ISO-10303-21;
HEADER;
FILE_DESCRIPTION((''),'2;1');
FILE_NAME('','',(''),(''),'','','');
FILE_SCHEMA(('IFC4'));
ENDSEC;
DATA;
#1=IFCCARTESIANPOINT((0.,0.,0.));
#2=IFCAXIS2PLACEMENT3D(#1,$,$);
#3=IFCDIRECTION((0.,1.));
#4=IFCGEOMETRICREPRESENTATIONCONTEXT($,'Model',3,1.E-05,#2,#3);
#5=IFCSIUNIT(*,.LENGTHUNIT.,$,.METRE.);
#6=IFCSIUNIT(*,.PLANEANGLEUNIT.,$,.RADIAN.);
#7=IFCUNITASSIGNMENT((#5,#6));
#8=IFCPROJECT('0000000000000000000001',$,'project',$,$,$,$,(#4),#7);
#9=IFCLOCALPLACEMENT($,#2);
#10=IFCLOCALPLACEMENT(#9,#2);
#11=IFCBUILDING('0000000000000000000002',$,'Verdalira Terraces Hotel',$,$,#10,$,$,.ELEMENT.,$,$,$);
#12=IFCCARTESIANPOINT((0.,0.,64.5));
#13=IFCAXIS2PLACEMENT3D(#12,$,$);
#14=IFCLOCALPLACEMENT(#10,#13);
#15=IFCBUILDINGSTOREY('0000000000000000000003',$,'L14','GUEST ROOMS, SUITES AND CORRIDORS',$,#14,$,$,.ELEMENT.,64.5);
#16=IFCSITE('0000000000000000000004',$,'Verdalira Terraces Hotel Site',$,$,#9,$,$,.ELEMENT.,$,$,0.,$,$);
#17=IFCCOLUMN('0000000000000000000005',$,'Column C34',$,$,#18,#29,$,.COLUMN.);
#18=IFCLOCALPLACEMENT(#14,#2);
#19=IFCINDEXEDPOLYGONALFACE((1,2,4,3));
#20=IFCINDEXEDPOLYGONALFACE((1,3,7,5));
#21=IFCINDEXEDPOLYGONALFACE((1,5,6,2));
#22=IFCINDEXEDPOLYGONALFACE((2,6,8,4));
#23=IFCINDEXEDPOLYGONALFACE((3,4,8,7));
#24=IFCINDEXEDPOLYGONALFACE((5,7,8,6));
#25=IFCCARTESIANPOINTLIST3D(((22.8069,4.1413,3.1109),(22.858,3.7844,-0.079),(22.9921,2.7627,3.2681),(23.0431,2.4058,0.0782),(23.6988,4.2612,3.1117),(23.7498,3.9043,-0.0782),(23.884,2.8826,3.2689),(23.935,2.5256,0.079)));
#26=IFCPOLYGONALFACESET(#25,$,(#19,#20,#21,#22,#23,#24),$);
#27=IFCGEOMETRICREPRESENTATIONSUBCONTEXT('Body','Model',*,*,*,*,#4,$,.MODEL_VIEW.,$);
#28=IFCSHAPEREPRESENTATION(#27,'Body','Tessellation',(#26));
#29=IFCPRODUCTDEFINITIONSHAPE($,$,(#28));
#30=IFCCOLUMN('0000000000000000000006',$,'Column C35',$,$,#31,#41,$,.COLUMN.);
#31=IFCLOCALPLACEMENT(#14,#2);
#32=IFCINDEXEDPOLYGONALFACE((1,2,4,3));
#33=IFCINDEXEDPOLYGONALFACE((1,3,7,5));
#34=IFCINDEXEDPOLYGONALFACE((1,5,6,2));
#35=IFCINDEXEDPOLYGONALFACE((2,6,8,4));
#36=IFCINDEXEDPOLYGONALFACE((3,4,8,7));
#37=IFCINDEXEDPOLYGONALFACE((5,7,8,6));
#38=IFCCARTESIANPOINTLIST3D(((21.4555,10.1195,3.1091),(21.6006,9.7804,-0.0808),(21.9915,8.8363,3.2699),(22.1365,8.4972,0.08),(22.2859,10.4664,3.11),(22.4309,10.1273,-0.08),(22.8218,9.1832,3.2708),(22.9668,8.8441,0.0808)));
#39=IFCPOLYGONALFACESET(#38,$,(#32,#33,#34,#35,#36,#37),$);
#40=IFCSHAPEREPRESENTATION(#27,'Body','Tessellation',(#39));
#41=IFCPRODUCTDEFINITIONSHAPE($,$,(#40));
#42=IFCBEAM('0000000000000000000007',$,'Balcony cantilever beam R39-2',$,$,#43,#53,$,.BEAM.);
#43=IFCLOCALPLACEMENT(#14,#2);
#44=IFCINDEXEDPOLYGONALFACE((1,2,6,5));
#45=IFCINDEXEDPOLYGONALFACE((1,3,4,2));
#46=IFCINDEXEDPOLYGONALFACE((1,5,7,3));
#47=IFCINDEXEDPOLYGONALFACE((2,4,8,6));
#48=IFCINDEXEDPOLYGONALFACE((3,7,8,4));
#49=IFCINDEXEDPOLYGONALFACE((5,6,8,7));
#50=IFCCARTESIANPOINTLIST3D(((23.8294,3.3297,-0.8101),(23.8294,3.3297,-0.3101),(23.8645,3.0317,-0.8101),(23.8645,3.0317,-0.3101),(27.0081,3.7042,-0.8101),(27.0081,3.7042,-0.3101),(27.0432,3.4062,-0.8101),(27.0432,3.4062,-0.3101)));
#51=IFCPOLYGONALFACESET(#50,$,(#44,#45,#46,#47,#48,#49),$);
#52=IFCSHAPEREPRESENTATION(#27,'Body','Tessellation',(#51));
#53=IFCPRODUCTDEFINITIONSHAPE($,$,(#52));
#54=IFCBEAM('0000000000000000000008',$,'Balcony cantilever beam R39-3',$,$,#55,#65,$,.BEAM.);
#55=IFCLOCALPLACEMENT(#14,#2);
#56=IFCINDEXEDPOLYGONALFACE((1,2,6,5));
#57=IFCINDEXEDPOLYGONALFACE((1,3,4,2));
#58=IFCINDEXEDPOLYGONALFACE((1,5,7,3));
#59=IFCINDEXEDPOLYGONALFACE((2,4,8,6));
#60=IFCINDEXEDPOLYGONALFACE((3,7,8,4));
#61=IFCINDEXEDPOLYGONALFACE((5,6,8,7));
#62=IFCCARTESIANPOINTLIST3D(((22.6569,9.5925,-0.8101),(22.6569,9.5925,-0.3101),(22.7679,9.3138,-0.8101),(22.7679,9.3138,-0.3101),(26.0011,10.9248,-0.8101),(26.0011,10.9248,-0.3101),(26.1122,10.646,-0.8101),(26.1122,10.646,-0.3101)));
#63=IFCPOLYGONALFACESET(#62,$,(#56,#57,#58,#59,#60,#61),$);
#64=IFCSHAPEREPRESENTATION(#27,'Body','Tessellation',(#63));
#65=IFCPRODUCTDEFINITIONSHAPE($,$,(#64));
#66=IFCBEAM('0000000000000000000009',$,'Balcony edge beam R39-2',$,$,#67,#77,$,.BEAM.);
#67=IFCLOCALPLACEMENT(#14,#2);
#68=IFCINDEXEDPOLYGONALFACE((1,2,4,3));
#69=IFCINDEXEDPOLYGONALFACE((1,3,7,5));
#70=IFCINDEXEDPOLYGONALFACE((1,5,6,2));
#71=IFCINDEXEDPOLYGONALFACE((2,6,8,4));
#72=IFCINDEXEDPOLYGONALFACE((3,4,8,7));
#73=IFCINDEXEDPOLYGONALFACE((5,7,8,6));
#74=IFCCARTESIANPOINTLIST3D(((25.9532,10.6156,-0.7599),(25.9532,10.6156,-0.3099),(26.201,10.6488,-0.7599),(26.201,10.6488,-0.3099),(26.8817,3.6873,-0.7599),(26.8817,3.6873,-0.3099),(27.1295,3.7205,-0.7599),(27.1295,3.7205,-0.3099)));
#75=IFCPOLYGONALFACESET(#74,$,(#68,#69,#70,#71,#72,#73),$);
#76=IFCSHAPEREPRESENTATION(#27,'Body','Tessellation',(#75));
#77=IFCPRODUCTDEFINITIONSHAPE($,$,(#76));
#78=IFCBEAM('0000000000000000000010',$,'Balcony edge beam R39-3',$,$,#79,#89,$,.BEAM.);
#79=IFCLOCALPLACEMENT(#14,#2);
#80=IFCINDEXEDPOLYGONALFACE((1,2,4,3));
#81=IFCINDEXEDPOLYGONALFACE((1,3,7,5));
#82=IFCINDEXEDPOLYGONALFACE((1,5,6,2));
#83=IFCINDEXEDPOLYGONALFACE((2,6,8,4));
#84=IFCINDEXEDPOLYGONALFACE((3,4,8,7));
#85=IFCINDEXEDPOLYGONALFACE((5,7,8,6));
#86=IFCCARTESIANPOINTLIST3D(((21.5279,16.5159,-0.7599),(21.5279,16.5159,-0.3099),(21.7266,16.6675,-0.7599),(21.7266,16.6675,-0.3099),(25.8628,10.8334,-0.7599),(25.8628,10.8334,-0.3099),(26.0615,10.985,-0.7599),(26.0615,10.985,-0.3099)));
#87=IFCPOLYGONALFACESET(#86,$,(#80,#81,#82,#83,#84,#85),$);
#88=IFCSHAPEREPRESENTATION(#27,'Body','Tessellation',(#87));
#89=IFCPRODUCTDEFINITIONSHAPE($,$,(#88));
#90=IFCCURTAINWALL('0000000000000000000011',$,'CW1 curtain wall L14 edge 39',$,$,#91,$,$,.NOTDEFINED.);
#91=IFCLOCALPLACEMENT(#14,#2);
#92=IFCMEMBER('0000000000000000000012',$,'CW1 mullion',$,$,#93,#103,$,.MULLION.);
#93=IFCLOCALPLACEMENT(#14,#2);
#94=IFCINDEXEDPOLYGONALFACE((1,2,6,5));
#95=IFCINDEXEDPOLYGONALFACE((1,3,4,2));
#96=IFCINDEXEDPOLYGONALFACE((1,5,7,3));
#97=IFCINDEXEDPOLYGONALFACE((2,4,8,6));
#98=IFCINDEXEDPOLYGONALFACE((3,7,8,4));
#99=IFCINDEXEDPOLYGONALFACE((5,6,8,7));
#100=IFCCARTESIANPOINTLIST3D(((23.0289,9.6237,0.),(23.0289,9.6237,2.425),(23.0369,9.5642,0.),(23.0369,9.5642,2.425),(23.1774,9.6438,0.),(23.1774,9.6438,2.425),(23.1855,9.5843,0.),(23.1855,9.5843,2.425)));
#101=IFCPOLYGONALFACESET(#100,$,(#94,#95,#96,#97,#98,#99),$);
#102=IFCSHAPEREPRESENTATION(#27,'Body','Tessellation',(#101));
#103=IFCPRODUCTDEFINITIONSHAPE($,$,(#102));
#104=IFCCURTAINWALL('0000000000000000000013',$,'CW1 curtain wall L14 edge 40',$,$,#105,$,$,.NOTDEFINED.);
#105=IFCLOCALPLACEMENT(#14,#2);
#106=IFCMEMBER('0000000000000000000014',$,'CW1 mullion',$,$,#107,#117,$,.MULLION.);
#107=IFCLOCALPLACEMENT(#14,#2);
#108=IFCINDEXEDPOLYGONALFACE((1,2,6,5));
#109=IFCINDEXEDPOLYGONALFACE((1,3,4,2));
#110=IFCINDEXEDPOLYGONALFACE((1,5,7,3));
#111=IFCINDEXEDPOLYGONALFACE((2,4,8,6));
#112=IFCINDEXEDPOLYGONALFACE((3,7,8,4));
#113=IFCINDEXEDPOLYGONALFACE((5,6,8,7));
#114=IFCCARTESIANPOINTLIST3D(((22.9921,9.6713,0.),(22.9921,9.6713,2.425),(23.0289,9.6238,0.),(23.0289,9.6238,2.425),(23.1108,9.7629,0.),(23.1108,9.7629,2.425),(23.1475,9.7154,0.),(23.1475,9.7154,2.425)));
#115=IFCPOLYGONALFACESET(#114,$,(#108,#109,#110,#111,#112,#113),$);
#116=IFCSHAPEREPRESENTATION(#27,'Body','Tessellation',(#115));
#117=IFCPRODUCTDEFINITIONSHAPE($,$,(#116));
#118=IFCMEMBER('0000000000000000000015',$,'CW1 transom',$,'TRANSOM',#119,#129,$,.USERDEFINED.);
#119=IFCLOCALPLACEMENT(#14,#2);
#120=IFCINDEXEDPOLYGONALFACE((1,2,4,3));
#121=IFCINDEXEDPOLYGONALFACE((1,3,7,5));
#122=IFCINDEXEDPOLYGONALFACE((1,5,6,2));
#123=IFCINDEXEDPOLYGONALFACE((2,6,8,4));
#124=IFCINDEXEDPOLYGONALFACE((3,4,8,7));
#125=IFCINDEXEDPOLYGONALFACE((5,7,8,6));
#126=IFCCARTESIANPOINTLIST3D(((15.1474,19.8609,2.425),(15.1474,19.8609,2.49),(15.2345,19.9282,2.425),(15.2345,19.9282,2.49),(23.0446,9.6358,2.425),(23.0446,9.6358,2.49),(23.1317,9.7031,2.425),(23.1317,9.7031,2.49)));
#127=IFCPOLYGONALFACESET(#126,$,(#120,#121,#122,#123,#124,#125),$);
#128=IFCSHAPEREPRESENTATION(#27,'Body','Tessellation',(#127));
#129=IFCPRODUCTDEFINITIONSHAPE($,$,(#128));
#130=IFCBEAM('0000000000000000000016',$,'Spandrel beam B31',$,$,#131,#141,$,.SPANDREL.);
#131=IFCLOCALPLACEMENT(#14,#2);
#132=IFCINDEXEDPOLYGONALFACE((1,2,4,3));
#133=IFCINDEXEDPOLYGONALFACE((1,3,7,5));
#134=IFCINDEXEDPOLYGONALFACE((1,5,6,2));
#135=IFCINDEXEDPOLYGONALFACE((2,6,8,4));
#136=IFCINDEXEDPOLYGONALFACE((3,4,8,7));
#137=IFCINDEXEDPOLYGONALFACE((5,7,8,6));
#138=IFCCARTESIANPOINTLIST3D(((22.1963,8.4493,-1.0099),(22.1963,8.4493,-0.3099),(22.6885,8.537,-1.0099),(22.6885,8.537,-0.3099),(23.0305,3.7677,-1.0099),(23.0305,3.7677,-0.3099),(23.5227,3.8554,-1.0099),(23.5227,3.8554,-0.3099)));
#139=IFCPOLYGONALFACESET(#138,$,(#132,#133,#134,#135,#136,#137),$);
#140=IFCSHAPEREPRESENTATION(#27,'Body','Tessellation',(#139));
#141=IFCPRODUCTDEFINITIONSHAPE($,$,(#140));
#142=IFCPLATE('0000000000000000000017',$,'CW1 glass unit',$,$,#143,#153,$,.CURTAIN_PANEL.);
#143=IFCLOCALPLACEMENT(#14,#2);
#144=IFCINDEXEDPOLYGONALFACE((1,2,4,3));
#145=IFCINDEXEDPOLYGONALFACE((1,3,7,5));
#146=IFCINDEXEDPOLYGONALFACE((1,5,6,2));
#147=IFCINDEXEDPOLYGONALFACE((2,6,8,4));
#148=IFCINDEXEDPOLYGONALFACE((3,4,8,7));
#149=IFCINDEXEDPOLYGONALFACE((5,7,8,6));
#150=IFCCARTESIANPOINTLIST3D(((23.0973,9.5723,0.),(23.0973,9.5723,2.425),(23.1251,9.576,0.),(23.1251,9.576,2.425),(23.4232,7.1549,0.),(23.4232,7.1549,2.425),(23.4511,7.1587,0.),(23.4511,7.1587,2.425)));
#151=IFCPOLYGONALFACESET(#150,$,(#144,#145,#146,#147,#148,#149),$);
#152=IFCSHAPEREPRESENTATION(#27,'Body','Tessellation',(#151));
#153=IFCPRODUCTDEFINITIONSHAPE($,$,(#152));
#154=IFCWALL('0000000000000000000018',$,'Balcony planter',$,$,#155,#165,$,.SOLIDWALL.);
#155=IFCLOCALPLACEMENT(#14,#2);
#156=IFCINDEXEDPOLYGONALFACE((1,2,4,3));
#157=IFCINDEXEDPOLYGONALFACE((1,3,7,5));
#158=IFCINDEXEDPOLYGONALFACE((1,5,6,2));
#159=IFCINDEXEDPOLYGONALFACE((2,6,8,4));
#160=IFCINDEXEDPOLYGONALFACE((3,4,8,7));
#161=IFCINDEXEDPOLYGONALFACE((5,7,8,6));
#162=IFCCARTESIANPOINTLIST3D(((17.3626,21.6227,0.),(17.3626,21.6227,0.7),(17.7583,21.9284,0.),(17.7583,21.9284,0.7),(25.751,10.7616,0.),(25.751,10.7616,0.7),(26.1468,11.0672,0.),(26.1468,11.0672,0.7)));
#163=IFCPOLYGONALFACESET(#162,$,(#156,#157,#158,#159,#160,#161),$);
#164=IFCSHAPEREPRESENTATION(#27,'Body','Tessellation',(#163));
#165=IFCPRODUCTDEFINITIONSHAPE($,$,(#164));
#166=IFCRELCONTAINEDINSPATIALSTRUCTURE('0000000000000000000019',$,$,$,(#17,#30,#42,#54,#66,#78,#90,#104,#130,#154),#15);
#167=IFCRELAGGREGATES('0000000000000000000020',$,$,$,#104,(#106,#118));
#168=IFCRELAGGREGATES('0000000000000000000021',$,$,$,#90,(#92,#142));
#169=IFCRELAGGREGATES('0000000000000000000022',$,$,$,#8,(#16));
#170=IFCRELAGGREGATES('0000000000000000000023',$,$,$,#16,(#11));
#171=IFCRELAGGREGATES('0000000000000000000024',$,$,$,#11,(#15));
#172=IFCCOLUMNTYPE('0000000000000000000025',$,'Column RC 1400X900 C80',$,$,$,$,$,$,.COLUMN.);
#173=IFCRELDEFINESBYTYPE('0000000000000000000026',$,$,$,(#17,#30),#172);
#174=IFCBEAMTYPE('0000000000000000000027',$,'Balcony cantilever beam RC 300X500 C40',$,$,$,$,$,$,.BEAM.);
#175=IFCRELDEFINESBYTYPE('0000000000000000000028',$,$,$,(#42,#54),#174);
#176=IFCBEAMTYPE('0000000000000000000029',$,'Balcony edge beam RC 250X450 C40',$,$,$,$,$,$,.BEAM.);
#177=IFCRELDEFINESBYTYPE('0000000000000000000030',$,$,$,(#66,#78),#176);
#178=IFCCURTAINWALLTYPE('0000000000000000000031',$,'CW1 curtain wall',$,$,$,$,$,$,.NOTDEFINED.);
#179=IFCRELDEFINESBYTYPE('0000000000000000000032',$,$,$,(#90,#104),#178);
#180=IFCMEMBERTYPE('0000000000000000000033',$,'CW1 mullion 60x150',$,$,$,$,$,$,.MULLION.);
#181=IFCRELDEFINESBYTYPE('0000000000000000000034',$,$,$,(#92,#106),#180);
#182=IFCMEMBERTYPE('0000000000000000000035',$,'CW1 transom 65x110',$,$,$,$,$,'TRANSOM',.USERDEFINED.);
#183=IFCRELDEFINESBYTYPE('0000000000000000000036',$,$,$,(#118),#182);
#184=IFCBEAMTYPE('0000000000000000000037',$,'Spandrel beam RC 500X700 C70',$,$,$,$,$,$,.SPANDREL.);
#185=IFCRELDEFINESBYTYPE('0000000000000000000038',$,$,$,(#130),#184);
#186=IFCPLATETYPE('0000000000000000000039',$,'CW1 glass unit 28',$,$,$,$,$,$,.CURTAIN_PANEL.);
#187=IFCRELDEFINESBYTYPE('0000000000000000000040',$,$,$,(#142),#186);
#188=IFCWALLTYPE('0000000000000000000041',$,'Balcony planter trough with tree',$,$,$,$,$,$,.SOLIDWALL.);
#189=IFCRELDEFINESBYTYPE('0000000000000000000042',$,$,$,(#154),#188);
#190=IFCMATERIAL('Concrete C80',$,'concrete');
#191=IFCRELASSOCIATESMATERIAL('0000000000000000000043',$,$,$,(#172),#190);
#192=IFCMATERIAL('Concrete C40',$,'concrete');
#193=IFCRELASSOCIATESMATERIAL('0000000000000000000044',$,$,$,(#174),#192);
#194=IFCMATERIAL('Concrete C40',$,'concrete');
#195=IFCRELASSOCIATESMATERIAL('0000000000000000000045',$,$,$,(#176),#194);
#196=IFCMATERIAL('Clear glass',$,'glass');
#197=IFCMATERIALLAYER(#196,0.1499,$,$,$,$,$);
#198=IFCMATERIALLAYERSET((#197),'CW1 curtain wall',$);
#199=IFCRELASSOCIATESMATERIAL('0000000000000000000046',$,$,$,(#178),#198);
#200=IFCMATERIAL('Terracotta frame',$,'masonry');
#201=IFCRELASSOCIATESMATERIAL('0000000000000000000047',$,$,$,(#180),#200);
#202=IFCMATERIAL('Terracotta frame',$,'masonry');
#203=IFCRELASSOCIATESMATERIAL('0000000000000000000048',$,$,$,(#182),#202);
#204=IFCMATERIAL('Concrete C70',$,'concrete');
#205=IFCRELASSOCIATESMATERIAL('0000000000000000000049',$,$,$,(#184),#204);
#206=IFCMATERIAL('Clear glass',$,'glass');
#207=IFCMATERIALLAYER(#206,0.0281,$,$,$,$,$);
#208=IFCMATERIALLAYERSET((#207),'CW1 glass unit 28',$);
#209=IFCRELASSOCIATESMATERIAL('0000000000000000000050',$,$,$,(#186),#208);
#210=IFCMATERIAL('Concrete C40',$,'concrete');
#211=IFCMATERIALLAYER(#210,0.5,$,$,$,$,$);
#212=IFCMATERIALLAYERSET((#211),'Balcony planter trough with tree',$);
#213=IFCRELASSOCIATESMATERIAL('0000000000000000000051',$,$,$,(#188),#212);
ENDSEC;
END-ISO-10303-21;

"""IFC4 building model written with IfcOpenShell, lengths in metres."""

from ifc_helpers import new_model, si_unit, direction, frame, frame_2d, origin, origin_2d, place, context, subcontext, project, spatial, rectangle, extrude, material, layer, layer_set, material_profile, profile_set, type_object, element, aggregate, save


model = new_model("IFC4")

# Units and contexts
model_context = context("Model", 3, precision=1e-05, world=origin(), true_north=direction((0.0, 1.0)))
body_context = subcontext(model_context, "Body", "Model", "MODEL_VIEW")
ifc_project = project(units=[si_unit("LENGTHUNIT", "METRE"), si_unit("PLANEANGLEUNIT", "RADIAN")], contexts=[model_context])

# Site, building, storey
site_placement = place(None, origin())
site = spatial("IfcSite", under=ifc_project, at=site_placement, Name="Verdalira Terraces Hotel Site", CompositionType="ELEMENT", RefElevation=0.0)
building_placement = place(site_placement, origin())
building = spatial("IfcBuilding", under=site, at=building_placement, Name="Verdalira Terraces Hotel", CompositionType="ELEMENT")
storey_placement = place(building_placement, frame((0.0, 0.0, 64.5)))
storey = spatial("IfcBuildingStorey", under=building, at=storey_placement, Name="L14", Description="GUEST ROOMS, SUITES AND CORRIDORS", CompositionType="ELEMENT", Elevation=64.5)

# Columns
ifc_material_1 = material(Name="Concrete C80", Category="concrete")
ifc_material_profile_1 = material_profile(ifc_material_1, rectangle(XDim=1.3999, YDim=0.8999, at=origin_2d()), Name="RC 1400X900")
ifc_profile_set_1 = profile_set([ifc_material_profile_1], Name="Concrete C80")
column_type = type_object("IfcColumnType", Name="Column RC 1400X900 C80", PredefinedType="COLUMN", material=ifc_profile_set_1)
column_1_placement = place(storey_placement, frame((23.3965, 3.155, 0.0), z_axis=(-0.015895, 0.111185, 0.993673), x_axis=(-0.132269, 0.98483, -0.112312)))
element("IfcColumn", 1, at=column_1_placement, inside=storey, type_object=column_type, Name="Column C34", PredefinedType="COLUMN", context=body_context, shape_type="SweptSolid", body=[
    extrude(rectangle(XDim=1.3999, YDim=0.8999, at=origin_2d()), origin(), (0.0, 0.0, 1.0), 3.2102),
])
column_2_placement = place(storey_placement, frame((22.2837, 9.3123, 0.0), z_axis=(-0.045161, 0.105603, 0.993382), x_axis=(0.38283, -0.916652, 0.11485)))
element("IfcColumn", 2, at=column_2_placement, inside=storey, type_object=column_type, Name="Column C35", PredefinedType="COLUMN", context=body_context, shape_type="SweptSolid", body=[
    extrude(rectangle(XDim=1.3999, YDim=0.8999, at=origin_2d()), origin(), (0.0, 0.0, 1.0), 3.2112),
])

# Beams
ifc_material_2 = material(Name="Concrete C40", Category="concrete")
ifc_material_profile_2 = material_profile(ifc_material_2, rectangle(XDim=0.3, YDim=0.5, at=origin_2d()), Name="RC 300X500")
ifc_profile_set_2 = profile_set([ifc_material_profile_2], Name="Concrete C40")
beam_type_1 = type_object("IfcBeamType", Name="Balcony cantilever beam RC 300X500 C40", PredefinedType="BEAM", material=ifc_profile_set_2)
beam_1_placement = place(storey_placement, frame((23.8469, 3.1807, -0.5601), z_axis=(0.993131, 0.117009, 0.0), x_axis=(-0.117009, 0.993131, 0.0)))
element("IfcBeam", 3, at=beam_1_placement, inside=storey, type_object=beam_type_1, Name="Balcony cantilever beam R39-2", PredefinedType="BEAM", context=body_context, shape_type="SweptSolid", body=[
    extrude(rectangle(XDim=0.3, YDim=0.5, at=origin_2d()), origin(), (0.0, 0.0, 1.0), 3.2007),
])
beam_2_placement = place(storey_placement, frame((22.7124, 9.4531, -0.5601), z_axis=(0.928995, 0.370092, 0.0), x_axis=(-0.370092, 0.928995, 0.0)))
element("IfcBeam", 4, at=beam_2_placement, inside=storey, type_object=beam_type_1, Name="Balcony cantilever beam R39-3", PredefinedType="BEAM", context=body_context, shape_type="SweptSolid", body=[
    extrude(rectangle(XDim=0.3, YDim=0.5, at=origin_2d()), origin(), (0.0, 0.0, 1.0), 3.5999),
])
ifc_material_3 = material(Name="Concrete C40", Category="concrete")
ifc_material_profile_3 = material_profile(ifc_material_3, rectangle(XDim=0.25, YDim=0.45, at=origin_2d()), Name="RC 250X450")
ifc_profile_set_3 = profile_set([ifc_material_profile_3], Name="Concrete C40")
beam_type_2 = type_object("IfcBeamType", Name="Balcony edge beam RC 250X450 C40", PredefinedType="BEAM", material=ifc_profile_set_3)
beam_3_placement = place(storey_placement, frame((27.0056, 3.7039, -0.5349), z_axis=(-0.132825, 0.99114, 0.0), x_axis=(-0.99114, -0.132825, 0.0)))
element("IfcBeam", 5, at=beam_3_placement, inside=storey, type_object=beam_type_2, Name="Balcony edge beam R39-2", PredefinedType="BEAM", context=body_context, shape_type="SweptSolid", body=[
    extrude(rectangle(XDim=0.25, YDim=0.45, at=origin_2d()), origin(), (0.0, 0.0, 1.0), 6.9902),
])
beam_4_placement = place(storey_placement, frame((25.9622, 10.9092, -0.5349), z_axis=(-0.606517, 0.795071, 0.0), x_axis=(-0.795071, -0.606517, 0.0)))
element("IfcBeam", 6, at=beam_4_placement, inside=storey, type_object=beam_type_2, Name="Balcony edge beam R39-3", PredefinedType="BEAM", context=body_context, shape_type="SweptSolid", body=[
    extrude(rectangle(XDim=0.25, YDim=0.45, at=origin_2d()), origin(), (0.0, 0.0, 1.0), 7.1472),
])

# Curtain wall, member
ifc_material_4 = material(Name="Clear glass", Category="glass")
ifc_layer_1 = layer(ifc_material_4, 0.1499)
ifc_layer_set_1 = layer_set([ifc_layer_1], Name="CW1 curtain wall")
curtain_wall_type = type_object("IfcCurtainWallType", Name="CW1 curtain wall", PredefinedType="NOTDEFINED", material=ifc_layer_set_1)
curtain_wall_1_placement = place(storey_placement, origin())
curtain_wall_1 = element("IfcCurtainWall", 7, at=curtain_wall_1_placement, inside=storey, type_object=curtain_wall_type, Name="CW1 curtain wall L14 edge 39", PredefinedType="NOTDEFINED")
ifc_material_5 = material(Name="Terracotta frame", Category="masonry")
ifc_material_profile_4 = material_profile(ifc_material_5, rectangle(XDim=0.0601, YDim=0.1499, at=origin_2d()), Name="MU 60x150")
ifc_profile_set_4 = profile_set([ifc_material_profile_4], Name="Terracotta frame")
member_type_1 = type_object("IfcMemberType", Name="CW1 mullion 60x150", PredefinedType="MULLION", material=ifc_profile_set_4)
member_1_placement = place(storey_placement, frame((23.1072, 9.604, 0.0), z_axis=(0.0, 0.0, 1.0), x_axis=(-0.13364, 0.99103, 0.0)))
member_1 = element("IfcMember", 8, at=member_1_placement, type_object=member_type_1, Name="CW1 mullion", PredefinedType="MULLION", context=body_context, shape_type="SweptSolid", body=[
    extrude(rectangle(XDim=0.0601, YDim=0.1499, at=origin_2d()), origin(), (0.0, 0.0, 1.0), 2.425),
])

# Curtain wall, members
curtain_wall_2_placement = place(storey_placement, origin())
curtain_wall_2 = element("IfcCurtainWall", 9, at=curtain_wall_2_placement, inside=storey, type_object=curtain_wall_type, Name="CW1 curtain wall L14 edge 40", PredefinedType="NOTDEFINED")
member_2_placement = place(storey_placement, frame((23.0698, 9.6934, 0.0), z_axis=(0.0, 0.0, 1.0), x_axis=(-0.611251, 0.791437, 0.0)))
member_2 = element("IfcMember", 10, at=member_2_placement, type_object=member_type_1, Name="CW1 mullion", PredefinedType="MULLION", context=body_context, shape_type="SweptSolid", body=[
    extrude(rectangle(XDim=0.0601, YDim=0.1499, at=origin_2d()), origin(), (0.0, 0.0, 1.0), 2.425),
])
ifc_material_6 = material(Name="Terracotta frame", Category="masonry")
ifc_material_profile_5 = material_profile(ifc_material_6, rectangle(XDim=0.1101, YDim=0.0649, at=origin_2d()), Name="TR 65x110")
ifc_profile_set_5 = profile_set([ifc_material_profile_5], Name="Terracotta frame")
member_type_2 = type_object("IfcMemberType", Name="CW1 transom 65x110", ElementType="TRANSOM", PredefinedType="USERDEFINED", material=ifc_profile_set_5)
member_3_placement = place(storey_placement, frame((23.0881, 9.6694, 2.4575), z_axis=(-0.611254, 0.791435, 0.0), x_axis=(-0.791435, -0.611254, 0.0)))
member_3 = element("IfcMember", 11, at=member_3_placement, type_object=member_type_2, Name="CW1 transom", ObjectType="TRANSOM", PredefinedType="USERDEFINED", context=body_context, shape_type="SweptSolid", body=[
    extrude(rectangle(XDim=0.1101, YDim=0.0649, at=origin_2d()), origin(), (0.0, 0.0, 1.0), 12.9197),
])
aggregate(curtain_wall_2, [member_2, member_3])

# Beam
ifc_material_7 = material(Name="Concrete C70", Category="concrete")
ifc_material_profile_6 = material_profile(ifc_material_7, rectangle(XDim=0.5, YDim=0.7, at=origin_2d()), Name="RC 500X700")
ifc_profile_set_6 = profile_set([ifc_material_profile_6], Name="Concrete C70")
beam_type_3 = type_object("IfcBeamType", Name="Spandrel beam RC 500X700 C70", PredefinedType="SPANDREL", material=ifc_profile_set_6)
beam_5_placement = place(storey_placement, frame((23.2766, 3.8115, -0.6599), z_axis=(-0.175428, 0.984492, 0.0), x_axis=(-0.984492, -0.175428, 0.0)))
element("IfcBeam", 12, at=beam_5_placement, inside=storey, type_object=beam_type_3, Name="Spandrel beam B31", PredefinedType="SPANDREL", context=body_context, shape_type="SweptSolid", body=[
    extrude(rectangle(XDim=0.5, YDim=0.7, at=origin_2d()), origin(), (0.0, 0.0, 1.0), 4.7554),
])

# Plate
ifc_material_8 = material(Name="Clear glass", Category="glass")
ifc_layer_2 = layer(ifc_material_8, 0.0281)
ifc_layer_set_2 = layer_set([ifc_layer_2], Name="CW1 glass unit 28")
plate_type = type_object("IfcPlateType", Name="CW1 glass unit 28", PredefinedType="CURTAIN_PANEL", material=ifc_layer_set_2)
plate_placement = place(storey_placement, frame((23.2742, 8.3655, 0.0), z_axis=(0.0, 0.0, 1.0), x_axis=(-0.13364, 0.99103, 0.0)))
plate = element("IfcPlate", 13, at=plate_placement, type_object=plate_type, Name="CW1 glass unit", PredefinedType="CURTAIN_PANEL", context=body_context, shape_type="SweptSolid", body=[
    extrude(rectangle(XDim=2.4392, YDim=0.0281, at=origin_2d()), origin(), (0.0, 0.0, 1.0), 2.425),
])
aggregate(curtain_wall_1, [member_1, plate])

# Wall
ifc_material_9 = material(Name="Concrete C40", Category="concrete")
ifc_layer_3 = layer(ifc_material_9, 0.5)
ifc_layer_set_3 = layer_set([ifc_layer_3], Name="Balcony planter trough with tree")
wall_type_1 = type_object("IfcWallType", Name="Balcony planter trough with tree", PredefinedType="SOLIDWALL", material=ifc_layer_set_3)
wall_1_placement = place(storey_placement, frame((25.949, 10.9143, 0.0), z_axis=(0.0, 0.0, 1.0), x_axis=(-0.611255, 0.791434, 0.0)))
element("IfcWall", 14, at=wall_1_placement, inside=storey, type_object=wall_type_1, Name="Balcony planter", PredefinedType="SOLIDWALL", context=body_context, shape_type="SweptSolid", body=[
    extrude(rectangle(XDim=13.7234, YDim=0.5, at=frame_2d((6.8618, 0.0))), origin(), (0.0, 0.0, 1.0), 0.7),
])

save(model, "model.ifc")
